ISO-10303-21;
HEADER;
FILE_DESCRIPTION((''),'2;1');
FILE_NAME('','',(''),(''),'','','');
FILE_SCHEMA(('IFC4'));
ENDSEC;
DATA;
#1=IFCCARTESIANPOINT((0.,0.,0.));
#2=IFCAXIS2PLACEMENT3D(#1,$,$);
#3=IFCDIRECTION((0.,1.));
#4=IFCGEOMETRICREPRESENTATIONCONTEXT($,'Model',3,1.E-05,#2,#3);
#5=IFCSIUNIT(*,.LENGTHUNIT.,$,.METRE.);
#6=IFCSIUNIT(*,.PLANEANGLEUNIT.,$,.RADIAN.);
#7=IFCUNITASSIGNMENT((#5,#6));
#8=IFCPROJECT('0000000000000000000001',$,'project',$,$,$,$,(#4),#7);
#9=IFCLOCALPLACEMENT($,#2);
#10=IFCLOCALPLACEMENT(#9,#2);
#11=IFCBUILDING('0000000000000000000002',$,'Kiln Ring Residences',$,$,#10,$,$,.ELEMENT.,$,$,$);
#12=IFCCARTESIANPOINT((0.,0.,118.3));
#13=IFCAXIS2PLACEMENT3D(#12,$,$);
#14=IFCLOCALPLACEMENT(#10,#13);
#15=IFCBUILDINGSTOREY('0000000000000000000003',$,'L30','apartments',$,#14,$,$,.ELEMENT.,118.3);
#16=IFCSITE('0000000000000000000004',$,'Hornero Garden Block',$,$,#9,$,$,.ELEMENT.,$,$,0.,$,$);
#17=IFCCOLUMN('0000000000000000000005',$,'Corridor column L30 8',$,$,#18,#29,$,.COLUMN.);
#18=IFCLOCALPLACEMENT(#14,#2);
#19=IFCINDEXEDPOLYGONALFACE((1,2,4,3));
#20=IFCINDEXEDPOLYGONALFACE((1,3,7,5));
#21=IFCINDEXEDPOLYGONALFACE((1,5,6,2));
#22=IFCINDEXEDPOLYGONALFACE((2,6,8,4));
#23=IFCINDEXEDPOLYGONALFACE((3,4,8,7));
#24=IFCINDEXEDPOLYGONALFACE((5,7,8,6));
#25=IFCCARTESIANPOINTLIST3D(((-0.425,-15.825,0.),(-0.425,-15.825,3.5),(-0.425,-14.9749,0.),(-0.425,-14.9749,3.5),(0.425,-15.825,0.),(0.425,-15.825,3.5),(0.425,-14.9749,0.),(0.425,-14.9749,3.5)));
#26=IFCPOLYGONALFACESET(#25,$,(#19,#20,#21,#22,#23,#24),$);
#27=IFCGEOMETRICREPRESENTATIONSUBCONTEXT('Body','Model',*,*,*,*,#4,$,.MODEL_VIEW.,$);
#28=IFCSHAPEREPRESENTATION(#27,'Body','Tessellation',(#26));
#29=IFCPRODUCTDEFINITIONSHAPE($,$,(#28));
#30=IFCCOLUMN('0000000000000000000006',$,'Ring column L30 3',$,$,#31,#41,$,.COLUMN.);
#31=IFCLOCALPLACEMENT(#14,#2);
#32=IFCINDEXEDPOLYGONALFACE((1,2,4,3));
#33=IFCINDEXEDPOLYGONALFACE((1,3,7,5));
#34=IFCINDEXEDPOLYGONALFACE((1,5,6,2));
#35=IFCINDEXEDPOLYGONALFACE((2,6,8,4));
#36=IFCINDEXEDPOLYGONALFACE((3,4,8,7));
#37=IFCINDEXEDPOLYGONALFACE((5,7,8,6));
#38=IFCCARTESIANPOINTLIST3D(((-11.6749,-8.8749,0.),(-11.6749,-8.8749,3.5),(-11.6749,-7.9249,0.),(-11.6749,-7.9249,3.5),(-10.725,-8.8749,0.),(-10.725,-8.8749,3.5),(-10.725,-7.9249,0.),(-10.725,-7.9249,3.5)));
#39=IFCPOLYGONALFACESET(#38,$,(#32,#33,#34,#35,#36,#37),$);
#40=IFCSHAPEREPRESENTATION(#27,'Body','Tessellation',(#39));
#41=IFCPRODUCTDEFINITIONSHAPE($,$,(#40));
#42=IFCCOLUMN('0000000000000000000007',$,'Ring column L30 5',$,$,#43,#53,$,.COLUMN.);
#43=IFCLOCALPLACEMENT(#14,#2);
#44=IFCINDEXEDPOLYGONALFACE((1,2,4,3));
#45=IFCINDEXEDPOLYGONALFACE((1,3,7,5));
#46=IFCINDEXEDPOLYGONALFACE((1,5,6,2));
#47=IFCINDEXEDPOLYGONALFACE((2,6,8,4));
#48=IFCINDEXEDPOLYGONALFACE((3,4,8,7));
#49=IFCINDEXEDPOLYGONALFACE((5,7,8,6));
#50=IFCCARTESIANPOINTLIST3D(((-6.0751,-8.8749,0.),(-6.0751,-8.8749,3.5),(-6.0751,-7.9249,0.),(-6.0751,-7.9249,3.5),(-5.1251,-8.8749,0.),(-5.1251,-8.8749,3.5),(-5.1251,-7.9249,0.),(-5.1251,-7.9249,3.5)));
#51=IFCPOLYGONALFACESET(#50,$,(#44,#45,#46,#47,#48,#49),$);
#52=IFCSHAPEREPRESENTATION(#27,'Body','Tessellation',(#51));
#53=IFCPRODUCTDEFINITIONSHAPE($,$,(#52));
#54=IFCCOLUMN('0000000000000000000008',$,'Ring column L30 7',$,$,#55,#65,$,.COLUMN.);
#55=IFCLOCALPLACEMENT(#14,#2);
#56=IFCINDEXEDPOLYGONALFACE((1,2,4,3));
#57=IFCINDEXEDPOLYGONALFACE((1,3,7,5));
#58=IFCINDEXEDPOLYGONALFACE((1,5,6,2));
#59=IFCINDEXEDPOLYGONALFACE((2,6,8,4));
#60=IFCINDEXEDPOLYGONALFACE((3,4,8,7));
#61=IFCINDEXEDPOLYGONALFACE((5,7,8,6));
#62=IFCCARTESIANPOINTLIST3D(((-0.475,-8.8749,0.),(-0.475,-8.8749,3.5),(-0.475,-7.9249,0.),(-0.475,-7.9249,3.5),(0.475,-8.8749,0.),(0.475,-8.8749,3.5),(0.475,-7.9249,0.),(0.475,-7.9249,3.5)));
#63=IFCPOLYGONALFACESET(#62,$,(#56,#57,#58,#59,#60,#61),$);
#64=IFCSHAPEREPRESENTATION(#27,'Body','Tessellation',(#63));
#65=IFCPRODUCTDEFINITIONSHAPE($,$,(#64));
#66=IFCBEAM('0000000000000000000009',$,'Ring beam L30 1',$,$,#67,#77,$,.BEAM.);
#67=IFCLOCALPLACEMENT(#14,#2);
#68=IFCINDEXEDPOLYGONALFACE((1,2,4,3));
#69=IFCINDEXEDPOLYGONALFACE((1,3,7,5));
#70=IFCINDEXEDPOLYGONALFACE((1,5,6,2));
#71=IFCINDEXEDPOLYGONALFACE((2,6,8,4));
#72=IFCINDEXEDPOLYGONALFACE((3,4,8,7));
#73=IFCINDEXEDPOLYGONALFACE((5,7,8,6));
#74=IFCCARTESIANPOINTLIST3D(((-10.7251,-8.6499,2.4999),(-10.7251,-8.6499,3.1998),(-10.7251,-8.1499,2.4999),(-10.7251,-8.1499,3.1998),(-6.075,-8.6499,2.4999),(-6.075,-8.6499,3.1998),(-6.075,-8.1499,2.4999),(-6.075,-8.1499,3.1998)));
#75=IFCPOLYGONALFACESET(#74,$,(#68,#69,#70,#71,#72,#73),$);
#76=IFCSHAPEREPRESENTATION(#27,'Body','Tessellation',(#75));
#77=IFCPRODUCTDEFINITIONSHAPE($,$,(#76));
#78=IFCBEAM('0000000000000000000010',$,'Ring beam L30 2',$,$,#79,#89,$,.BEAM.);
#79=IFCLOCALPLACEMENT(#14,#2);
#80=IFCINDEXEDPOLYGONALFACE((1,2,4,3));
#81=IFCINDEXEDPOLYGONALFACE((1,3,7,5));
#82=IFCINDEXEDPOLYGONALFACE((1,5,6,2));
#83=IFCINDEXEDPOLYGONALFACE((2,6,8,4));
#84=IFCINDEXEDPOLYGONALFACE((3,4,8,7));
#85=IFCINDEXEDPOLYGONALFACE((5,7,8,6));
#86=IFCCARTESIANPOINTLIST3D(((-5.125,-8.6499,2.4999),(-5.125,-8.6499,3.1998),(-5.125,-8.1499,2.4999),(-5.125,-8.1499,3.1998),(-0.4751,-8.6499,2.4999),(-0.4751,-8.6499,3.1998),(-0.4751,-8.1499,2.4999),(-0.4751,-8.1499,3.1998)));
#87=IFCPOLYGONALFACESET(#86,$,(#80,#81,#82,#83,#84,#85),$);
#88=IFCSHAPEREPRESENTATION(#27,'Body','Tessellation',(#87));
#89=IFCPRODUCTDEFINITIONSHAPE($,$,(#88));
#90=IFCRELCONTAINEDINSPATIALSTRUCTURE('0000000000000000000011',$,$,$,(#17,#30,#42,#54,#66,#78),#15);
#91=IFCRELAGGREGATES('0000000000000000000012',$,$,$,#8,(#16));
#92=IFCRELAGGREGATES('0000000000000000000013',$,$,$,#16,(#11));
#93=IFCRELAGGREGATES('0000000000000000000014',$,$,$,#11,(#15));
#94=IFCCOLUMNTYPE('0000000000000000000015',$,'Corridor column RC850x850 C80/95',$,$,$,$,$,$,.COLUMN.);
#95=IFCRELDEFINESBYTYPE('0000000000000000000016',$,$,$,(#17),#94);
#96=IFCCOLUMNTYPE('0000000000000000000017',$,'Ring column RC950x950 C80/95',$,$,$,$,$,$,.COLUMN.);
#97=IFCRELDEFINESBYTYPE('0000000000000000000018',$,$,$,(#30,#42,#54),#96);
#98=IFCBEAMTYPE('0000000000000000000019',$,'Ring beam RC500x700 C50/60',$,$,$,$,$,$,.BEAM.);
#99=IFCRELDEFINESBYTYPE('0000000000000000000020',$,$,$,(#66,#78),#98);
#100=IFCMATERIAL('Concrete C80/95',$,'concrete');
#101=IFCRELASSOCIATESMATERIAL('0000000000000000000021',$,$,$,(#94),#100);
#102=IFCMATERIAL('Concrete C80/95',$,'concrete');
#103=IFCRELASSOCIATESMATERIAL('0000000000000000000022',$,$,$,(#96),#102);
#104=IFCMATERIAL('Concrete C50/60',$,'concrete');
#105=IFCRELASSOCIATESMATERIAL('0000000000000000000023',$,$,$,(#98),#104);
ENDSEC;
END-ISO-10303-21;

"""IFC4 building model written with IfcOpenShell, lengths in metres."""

from ifc_helpers import new_model, si_unit, direction, frame, origin, origin_2d, place, context, subcontext, project, spatial, rectangle, extrude, material, material_profile, profile_set, type_object, element, save


model = new_model("IFC4")

# Units and contexts
model_context = context("Model", 3, precision=1e-05, world=origin(), true_north=direction((0.0, 1.0)))
body_context = subcontext(model_context, "Body", "Model", "MODEL_VIEW")
ifc_project = project(units=[si_unit("LENGTHUNIT", "METRE"), si_unit("PLANEANGLEUNIT", "RADIAN")], contexts=[model_context])

# Site, building, storey
site_placement = place(None, origin())
site = spatial("IfcSite", under=ifc_project, at=site_placement, Name="Hornero Garden Block", CompositionType="ELEMENT", RefElevation=0.0)
building_placement = place(site_placement, origin())
building = spatial("IfcBuilding", under=site, at=building_placement, Name="Kiln Ring Residences", CompositionType="ELEMENT")
storey_placement = place(building_placement, frame((0.0, 0.0, 118.3)))
storey = spatial("IfcBuildingStorey", under=building, at=storey_placement, Name="L30", Description="apartments", CompositionType="ELEMENT", Elevation=118.3)

# Columns
ifc_material_1 = material(Name="Concrete C80/95", Category="concrete")
ifc_material_profile_1 = material_profile(ifc_material_1, rectangle(XDim=0.8501, YDim=0.8501, at=origin_2d()), Name="RC850x850")
ifc_profile_set_1 = profile_set([ifc_material_profile_1], Name="Concrete C80/95")
column_type_1 = type_object("IfcColumnType", Name="Corridor column RC850x850 C80/95", PredefinedType="COLUMN", material=ifc_profile_set_1)
column_placement = place(storey_placement, frame((0.0, -15.3999, 0.0), z_axis=(0.0, 0.0, 1.0), x_axis=(1.0, 0.0, 0.0)))
element("IfcColumn", 1, at=column_placement, inside=storey, type_object=column_type_1, Name="Corridor column L30 8", PredefinedType="COLUMN", context=body_context, shape_type="SweptSolid", body=[
    extrude(rectangle(XDim=0.8501, YDim=0.8501, at=origin_2d()), origin(), (0.0, 0.0, 1.0), 3.5),
])
ifc_material_2 = material(Name="Concrete C80/95", Category="concrete")
ifc_material_profile_2 = material_profile(ifc_material_2, rectangle(XDim=0.95, YDim=0.95, at=origin_2d()), Name="RC950x950")
ifc_profile_set_2 = profile_set([ifc_material_profile_2], Name="Concrete C80/95")
column_type_2 = type_object("IfcColumnType", Name="Ring column RC950x950 C80/95", PredefinedType="COLUMN", material=ifc_profile_set_2)
for number, where, z_axis, x_axis, name in (
    (2, (-11.2, -8.3999, 0.0), (0.0, 0.0, 1.0), (1.0, 0.0, 0.0), "Ring column L30 3"),
    (3, (-5.6001, -8.3999, 0.0), (0.0, 0.0, 1.0), (1.0, 0.0, 0.0), "Ring column L30 5"),
    (4, (0.0, -8.3999, 0.0), (0.0, 0.0, 1.0), (1.0, 0.0, 0.0), "Ring column L30 7"),
):
    element("IfcColumn", number, at=place(storey_placement, frame(where, z_axis=z_axis, x_axis=x_axis)), inside=storey, type_object=column_type_2, Name=name, PredefinedType="COLUMN", context=body_context, shape_type="SweptSolid", body=[
        extrude(rectangle(XDim=0.95, YDim=0.95, at=origin_2d()), origin(), (0.0, 0.0, 1.0), 3.5),
    ])

# Beams
ifc_material_3 = material(Name="Concrete C50/60", Category="concrete")
ifc_material_profile_3 = material_profile(ifc_material_3, rectangle(XDim=0.5, YDim=0.7, at=origin_2d()), Name="RC500x700")
ifc_profile_set_3 = profile_set([ifc_material_profile_3], Name="Concrete C50/60")
beam_type = type_object("IfcBeamType", Name="Ring beam RC500x700 C50/60", PredefinedType="BEAM", material=ifc_profile_set_3)
beam_1_placement = place(storey_placement, frame((-10.7251, -8.3999, 2.8499), z_axis=(1.0, 0.0, 0.0), x_axis=(0.0, 1.0, 0.0)))
element("IfcBeam", 5, at=beam_1_placement, inside=storey, type_object=beam_type, Name="Ring beam L30 1", PredefinedType="BEAM", context=body_context, shape_type="SweptSolid", body=[
    extrude(rectangle(XDim=0.5, YDim=0.7, at=origin_2d()), origin(), (0.0, 0.0, 1.0), 4.6501),
])
beam_2_placement = place(storey_placement, frame((-5.125, -8.3999, 2.8499), z_axis=(1.0, 0.0, 0.0), x_axis=(0.0, 1.0, 0.0)))
element("IfcBeam", 6, at=beam_2_placement, inside=storey, type_object=beam_type, Name="Ring beam L30 2", PredefinedType="BEAM", context=body_context, shape_type="SweptSolid", body=[
    extrude(rectangle(XDim=0.5, YDim=0.7, at=origin_2d()), origin(), (0.0, 0.0, 1.0), 4.6499),
])

save(model, "model.ifc")
